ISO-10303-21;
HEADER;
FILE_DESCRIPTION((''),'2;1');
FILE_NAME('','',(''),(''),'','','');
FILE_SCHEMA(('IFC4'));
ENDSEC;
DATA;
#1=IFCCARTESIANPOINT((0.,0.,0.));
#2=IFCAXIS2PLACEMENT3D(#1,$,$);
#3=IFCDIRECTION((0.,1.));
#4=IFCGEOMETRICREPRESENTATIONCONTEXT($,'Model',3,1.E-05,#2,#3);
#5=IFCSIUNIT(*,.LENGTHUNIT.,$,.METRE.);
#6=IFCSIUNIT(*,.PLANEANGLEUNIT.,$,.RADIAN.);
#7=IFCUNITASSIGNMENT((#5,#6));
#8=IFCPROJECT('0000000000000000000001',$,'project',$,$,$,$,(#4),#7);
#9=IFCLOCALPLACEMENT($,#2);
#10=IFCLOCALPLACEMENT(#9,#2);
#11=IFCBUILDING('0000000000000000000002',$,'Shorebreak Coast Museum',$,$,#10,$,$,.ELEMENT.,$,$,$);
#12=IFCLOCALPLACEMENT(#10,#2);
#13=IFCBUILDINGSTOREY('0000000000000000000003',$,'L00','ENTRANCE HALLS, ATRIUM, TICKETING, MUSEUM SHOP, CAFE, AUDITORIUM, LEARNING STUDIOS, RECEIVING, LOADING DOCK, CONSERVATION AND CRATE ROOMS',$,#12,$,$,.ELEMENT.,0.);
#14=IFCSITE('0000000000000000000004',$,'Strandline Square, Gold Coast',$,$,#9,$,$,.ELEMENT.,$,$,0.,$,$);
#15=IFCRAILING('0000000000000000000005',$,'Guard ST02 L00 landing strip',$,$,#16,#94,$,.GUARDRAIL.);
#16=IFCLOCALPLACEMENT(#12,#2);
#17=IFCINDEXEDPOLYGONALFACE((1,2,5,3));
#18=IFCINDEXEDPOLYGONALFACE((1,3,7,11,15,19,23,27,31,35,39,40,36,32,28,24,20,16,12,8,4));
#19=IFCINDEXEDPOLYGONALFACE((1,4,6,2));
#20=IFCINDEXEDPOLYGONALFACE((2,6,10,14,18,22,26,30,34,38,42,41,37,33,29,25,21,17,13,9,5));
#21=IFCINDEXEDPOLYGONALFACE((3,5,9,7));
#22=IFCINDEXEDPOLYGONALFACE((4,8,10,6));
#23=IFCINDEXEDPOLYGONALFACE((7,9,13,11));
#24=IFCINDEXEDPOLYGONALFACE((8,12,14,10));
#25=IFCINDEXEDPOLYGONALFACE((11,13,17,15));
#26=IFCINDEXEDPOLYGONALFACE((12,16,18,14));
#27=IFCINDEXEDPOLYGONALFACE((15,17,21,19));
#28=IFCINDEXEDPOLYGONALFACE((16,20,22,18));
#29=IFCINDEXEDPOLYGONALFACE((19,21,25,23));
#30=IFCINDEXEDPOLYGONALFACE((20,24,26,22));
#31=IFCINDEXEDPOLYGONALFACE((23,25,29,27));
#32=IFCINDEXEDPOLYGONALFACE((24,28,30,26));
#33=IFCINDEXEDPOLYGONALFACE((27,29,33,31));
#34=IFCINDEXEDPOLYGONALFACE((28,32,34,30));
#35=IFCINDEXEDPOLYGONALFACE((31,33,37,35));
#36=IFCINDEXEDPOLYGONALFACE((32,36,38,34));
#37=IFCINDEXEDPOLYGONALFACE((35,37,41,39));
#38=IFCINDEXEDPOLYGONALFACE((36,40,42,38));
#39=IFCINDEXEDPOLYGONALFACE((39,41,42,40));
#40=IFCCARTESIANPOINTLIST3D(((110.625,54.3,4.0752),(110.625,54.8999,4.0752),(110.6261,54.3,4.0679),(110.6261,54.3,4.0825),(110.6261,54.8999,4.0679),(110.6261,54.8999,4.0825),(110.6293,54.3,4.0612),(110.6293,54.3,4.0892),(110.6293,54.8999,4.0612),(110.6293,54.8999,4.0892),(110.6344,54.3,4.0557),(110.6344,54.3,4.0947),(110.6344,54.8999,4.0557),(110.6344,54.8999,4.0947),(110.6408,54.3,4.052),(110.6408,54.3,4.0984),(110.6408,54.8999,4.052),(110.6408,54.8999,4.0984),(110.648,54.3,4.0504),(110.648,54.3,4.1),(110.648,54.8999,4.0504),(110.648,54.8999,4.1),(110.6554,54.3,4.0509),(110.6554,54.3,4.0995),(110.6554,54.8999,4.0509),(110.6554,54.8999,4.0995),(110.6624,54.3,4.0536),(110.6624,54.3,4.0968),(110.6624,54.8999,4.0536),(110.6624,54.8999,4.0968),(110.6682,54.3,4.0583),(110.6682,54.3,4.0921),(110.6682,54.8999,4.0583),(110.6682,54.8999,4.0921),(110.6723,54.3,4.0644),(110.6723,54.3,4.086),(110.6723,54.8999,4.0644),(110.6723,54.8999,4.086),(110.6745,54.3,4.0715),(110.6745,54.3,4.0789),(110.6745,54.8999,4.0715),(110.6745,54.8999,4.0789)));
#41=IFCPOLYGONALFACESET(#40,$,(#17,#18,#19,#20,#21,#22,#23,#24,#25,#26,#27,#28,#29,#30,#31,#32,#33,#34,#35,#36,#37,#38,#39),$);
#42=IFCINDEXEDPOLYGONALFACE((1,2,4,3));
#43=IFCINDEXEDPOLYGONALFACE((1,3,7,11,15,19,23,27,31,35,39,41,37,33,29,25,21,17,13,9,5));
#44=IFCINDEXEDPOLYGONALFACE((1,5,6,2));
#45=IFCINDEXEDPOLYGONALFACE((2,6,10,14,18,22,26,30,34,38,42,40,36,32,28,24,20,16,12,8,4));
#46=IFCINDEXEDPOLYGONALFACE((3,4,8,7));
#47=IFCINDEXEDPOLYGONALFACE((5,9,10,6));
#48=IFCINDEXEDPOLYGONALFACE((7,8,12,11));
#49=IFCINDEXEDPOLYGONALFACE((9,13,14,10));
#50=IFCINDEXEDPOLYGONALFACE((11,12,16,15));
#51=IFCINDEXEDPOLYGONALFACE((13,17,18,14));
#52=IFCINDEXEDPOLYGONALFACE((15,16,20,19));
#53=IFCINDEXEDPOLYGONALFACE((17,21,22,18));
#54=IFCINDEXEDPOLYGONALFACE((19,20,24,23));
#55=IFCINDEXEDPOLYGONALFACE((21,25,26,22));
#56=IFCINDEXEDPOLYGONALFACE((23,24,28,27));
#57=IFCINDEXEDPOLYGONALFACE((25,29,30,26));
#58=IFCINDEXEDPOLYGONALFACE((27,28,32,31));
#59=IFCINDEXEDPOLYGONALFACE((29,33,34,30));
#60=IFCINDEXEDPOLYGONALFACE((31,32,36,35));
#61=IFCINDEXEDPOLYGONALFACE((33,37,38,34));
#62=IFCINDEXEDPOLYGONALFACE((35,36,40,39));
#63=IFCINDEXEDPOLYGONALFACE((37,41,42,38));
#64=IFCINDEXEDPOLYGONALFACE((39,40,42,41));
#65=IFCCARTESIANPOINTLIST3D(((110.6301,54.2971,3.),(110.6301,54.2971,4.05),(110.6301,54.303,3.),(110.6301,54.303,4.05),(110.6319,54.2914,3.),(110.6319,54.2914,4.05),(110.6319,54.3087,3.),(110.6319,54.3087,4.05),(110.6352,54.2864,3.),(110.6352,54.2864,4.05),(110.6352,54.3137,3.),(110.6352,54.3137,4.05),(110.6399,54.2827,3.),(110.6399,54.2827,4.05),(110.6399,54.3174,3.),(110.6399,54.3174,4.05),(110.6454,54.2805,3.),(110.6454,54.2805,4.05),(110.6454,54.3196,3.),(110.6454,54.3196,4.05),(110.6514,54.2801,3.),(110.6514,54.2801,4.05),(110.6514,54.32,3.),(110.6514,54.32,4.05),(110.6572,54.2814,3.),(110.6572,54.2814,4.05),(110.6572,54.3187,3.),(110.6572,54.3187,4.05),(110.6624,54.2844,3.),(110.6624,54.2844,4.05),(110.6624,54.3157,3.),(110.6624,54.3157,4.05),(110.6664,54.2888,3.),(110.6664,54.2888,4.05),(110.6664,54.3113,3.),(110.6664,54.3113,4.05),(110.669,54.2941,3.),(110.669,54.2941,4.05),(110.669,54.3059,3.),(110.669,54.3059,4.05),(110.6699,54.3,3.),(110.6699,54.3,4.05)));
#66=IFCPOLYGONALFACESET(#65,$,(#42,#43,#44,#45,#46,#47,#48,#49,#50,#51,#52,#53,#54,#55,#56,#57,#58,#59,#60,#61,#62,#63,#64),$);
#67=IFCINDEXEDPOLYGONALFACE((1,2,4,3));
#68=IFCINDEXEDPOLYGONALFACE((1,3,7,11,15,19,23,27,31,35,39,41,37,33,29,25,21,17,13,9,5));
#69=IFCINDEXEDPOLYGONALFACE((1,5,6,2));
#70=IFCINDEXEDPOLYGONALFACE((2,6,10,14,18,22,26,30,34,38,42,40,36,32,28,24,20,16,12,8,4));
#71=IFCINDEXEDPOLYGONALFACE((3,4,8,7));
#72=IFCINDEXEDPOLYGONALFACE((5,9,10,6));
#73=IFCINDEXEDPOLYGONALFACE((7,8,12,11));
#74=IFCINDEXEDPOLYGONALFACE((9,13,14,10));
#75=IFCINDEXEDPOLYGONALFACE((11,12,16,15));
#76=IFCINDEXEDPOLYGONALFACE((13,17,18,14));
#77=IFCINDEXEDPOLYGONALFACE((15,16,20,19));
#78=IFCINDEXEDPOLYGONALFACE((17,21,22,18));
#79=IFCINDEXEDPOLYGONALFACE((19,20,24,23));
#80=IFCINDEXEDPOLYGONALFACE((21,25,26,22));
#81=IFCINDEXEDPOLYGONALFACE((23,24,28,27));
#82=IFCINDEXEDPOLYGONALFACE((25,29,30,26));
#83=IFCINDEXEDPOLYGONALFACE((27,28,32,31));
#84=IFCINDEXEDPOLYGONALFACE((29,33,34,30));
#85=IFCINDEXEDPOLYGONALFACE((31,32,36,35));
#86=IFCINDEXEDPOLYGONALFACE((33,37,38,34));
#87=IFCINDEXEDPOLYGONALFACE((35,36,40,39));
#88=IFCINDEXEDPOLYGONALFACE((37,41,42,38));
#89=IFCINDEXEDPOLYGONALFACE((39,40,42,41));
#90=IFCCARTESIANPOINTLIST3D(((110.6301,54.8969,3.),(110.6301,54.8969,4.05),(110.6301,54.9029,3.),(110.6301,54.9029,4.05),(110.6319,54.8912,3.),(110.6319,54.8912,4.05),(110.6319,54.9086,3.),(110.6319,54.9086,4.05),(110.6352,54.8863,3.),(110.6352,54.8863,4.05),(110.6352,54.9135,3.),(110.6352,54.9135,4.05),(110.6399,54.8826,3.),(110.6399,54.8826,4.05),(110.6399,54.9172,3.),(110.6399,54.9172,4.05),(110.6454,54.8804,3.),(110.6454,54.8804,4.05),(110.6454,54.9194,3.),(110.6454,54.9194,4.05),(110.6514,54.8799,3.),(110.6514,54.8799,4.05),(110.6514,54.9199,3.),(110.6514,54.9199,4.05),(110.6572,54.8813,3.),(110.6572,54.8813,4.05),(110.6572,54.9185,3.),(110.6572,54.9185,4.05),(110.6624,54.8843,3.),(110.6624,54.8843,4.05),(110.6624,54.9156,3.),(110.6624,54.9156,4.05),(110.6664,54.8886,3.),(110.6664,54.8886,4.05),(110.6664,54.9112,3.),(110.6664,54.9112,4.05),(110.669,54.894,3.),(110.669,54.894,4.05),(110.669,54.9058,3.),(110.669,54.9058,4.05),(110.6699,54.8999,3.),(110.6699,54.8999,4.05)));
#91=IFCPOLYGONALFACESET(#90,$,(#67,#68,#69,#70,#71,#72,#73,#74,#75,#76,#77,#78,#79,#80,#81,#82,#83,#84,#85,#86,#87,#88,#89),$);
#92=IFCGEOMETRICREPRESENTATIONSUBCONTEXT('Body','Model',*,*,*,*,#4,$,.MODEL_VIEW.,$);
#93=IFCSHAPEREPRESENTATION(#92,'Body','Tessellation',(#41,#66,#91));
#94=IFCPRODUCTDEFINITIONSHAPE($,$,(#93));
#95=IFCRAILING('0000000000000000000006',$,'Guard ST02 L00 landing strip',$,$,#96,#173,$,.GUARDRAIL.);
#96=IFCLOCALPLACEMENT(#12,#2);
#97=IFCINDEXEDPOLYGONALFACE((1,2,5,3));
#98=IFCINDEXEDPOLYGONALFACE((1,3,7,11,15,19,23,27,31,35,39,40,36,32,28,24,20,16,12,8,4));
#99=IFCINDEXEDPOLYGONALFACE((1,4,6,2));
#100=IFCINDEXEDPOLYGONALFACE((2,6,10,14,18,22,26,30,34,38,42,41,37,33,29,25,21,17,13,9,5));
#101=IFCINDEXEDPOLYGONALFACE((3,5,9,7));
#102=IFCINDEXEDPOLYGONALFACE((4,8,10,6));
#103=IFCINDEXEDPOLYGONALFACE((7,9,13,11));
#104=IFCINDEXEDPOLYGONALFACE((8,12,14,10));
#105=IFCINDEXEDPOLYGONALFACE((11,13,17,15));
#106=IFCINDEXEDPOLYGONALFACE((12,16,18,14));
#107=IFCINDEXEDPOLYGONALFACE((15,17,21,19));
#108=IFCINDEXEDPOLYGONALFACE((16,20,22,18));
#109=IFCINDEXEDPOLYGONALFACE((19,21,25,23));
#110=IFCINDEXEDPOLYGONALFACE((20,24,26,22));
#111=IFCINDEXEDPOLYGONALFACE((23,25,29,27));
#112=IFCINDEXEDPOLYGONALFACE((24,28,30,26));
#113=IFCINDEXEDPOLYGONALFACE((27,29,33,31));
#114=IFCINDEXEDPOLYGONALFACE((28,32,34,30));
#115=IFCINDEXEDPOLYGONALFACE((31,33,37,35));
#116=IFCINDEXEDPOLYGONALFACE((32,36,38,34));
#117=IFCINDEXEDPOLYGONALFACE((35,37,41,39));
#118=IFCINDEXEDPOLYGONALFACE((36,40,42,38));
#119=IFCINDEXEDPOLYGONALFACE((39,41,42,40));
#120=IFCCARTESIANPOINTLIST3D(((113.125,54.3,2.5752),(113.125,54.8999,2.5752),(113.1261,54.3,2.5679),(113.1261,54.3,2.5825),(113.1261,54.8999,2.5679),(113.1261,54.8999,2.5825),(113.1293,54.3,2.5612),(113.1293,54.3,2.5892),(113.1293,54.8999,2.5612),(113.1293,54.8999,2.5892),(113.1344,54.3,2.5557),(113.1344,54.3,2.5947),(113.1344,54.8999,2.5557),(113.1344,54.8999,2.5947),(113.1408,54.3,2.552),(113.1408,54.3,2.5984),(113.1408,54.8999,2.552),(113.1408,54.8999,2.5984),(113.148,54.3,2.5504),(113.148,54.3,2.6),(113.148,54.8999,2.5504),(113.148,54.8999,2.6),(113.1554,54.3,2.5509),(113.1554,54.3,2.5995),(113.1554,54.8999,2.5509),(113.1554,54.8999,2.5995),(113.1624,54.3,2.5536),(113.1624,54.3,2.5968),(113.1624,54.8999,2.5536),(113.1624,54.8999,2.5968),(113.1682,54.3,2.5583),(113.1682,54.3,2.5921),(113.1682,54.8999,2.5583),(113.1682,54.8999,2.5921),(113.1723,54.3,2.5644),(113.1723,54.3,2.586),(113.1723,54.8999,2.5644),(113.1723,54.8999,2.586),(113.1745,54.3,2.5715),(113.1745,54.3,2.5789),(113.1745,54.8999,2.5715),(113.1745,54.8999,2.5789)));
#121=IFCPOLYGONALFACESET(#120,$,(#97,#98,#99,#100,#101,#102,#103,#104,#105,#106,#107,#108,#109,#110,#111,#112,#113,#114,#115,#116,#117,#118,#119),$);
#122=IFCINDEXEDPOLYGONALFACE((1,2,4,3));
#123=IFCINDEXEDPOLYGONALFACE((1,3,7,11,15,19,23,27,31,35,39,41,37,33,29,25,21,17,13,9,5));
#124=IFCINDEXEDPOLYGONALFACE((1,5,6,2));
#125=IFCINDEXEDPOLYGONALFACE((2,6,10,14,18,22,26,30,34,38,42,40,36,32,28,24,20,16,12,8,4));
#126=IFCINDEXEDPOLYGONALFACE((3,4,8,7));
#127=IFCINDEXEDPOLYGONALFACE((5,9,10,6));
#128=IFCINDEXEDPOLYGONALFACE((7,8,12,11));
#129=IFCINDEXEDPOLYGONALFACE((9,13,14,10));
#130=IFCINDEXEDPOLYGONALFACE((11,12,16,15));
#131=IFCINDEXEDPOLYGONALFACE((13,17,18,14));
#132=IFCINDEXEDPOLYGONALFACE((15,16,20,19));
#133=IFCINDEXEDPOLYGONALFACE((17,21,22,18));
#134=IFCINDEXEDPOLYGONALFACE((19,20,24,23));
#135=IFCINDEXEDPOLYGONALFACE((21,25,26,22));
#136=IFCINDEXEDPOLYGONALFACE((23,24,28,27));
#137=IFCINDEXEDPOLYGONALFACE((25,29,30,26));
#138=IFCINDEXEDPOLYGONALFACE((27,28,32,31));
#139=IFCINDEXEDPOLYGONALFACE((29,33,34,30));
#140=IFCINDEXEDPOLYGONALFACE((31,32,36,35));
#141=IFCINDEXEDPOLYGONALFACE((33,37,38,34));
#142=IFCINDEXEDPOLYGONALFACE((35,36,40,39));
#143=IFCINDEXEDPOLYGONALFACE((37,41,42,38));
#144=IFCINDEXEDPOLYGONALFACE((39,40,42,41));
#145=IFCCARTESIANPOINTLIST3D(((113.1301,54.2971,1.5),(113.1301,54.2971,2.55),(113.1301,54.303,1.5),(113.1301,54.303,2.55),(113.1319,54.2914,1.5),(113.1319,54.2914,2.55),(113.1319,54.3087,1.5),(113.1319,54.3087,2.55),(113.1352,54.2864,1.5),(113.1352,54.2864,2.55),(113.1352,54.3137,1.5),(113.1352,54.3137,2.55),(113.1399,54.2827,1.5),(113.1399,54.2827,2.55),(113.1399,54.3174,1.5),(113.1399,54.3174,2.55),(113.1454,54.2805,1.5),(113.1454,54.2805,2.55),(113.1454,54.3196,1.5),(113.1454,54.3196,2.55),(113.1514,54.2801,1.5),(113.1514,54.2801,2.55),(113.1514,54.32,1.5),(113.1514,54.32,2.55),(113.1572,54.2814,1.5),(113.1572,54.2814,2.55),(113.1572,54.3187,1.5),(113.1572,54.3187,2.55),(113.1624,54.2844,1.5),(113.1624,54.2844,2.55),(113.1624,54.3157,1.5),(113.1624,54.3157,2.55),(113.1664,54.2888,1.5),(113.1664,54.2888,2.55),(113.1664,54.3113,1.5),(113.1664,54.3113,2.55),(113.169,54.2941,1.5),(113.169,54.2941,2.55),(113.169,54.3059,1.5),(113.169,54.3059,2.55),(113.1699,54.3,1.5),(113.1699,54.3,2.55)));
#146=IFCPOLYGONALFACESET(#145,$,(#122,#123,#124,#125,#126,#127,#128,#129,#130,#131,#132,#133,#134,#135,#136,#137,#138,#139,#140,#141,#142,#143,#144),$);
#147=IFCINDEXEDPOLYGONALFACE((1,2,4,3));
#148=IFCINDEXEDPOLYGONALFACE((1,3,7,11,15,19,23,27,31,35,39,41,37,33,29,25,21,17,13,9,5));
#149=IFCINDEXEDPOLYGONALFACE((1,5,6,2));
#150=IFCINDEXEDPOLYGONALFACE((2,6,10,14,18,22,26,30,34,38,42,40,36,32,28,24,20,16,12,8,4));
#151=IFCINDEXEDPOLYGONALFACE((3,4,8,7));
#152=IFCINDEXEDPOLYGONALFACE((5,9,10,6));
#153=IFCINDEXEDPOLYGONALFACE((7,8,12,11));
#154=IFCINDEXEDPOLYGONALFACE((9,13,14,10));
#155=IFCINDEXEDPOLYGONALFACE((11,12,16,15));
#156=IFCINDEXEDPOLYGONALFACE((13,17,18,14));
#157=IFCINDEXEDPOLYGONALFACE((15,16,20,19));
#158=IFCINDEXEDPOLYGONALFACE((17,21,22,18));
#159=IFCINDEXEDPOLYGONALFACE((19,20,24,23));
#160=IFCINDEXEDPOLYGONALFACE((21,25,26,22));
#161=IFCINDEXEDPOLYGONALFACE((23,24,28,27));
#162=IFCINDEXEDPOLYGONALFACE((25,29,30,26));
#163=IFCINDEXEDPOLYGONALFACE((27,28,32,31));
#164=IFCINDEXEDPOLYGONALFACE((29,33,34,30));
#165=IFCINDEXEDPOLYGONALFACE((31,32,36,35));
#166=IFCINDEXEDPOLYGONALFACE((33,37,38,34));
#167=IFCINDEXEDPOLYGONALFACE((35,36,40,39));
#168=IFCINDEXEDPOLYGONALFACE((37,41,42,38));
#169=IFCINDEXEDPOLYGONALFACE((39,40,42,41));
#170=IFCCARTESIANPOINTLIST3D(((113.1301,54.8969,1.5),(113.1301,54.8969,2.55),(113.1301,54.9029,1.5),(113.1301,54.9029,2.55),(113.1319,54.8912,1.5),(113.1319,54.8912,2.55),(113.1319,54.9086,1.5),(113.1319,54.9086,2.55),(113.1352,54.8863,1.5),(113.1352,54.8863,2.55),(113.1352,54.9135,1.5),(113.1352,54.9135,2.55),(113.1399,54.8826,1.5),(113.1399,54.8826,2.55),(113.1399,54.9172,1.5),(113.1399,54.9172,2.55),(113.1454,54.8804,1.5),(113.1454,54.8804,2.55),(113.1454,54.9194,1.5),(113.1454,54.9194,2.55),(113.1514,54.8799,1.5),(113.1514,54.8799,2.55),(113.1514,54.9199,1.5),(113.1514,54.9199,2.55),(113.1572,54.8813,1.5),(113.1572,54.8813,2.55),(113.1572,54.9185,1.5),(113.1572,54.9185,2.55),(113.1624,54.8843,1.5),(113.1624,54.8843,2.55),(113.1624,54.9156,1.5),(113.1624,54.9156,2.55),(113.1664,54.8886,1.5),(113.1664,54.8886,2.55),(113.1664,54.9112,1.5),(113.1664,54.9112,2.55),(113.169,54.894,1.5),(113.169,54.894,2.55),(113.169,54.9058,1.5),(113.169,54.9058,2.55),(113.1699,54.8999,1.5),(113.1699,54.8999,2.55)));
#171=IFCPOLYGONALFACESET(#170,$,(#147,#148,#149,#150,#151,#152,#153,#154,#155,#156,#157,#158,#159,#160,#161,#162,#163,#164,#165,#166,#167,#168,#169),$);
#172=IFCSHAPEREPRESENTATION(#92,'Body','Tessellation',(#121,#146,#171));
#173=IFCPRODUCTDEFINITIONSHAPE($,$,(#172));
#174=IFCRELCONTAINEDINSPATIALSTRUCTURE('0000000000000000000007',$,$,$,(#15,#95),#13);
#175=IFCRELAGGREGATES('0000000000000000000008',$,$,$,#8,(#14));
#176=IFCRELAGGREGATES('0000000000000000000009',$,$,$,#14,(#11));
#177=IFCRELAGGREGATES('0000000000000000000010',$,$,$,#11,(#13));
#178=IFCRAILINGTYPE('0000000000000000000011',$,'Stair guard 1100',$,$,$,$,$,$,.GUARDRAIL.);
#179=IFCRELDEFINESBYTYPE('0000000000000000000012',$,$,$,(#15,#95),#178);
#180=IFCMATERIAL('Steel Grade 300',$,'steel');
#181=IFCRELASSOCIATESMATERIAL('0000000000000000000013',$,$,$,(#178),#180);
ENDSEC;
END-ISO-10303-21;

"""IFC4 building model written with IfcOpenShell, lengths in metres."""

from ifc_helpers import new_model, si_unit, direction, frame, origin, origin_2d, place, context, subcontext, project, spatial, circle, extrude, material, type_object, element, save


model = new_model("IFC4")

# Units and contexts
model_context = context("Model", 3, precision=1e-05, world=origin(), true_north=direction((0.0, 1.0)))
body_context = subcontext(model_context, "Body", "Model", "MODEL_VIEW")
ifc_project = project(units=[si_unit("LENGTHUNIT", "METRE"), si_unit("PLANEANGLEUNIT", "RADIAN")], contexts=[model_context])

# Site, building, storey
site_placement = place(None, origin())
site = spatial("IfcSite", under=ifc_project, at=site_placement, Name="Strandline Square, Gold Coast", CompositionType="ELEMENT", RefElevation=0.0)
building_placement = place(site_placement, origin())
building = spatial("IfcBuilding", under=site, at=building_placement, Name="Shorebreak Coast Museum", CompositionType="ELEMENT")
storey_placement = place(building_placement, origin())
storey = spatial("IfcBuildingStorey", under=building, at=storey_placement, Name="L00", Description="ENTRANCE HALLS, ATRIUM, TICKETING, MUSEUM SHOP, CAFE, AUDITORIUM, LEARNING STUDIOS, RECEIVING, LOADING DOCK, CONSERVATION AND CRATE ROOMS", CompositionType="ELEMENT", Elevation=0.0)

# Railings
ifc_material_1 = material(Name="Steel Grade 300", Category="steel")
railing_type_1 = type_object("IfcRailingType", Name="Stair guard 1100", PredefinedType="GUARDRAIL", material=ifc_material_1)
for number, where, name in (
    (1, (110.6499, 54.3, 3.0), "Guard ST02 L00 landing strip"),
    (2, (113.1499, 54.3, 1.5), "Guard ST02 L00 landing strip"),
):
    element("IfcRailing", number, at=place(storey_placement, frame(where)), inside=storey, type_object=railing_type_1, Name=name, PredefinedType="GUARDRAIL", context=body_context, shape_type="SweptSolid", body=[
        extrude(circle(Radius=0.0249, at=origin_2d()), frame((0.0, 0.0, 1.0752), z_axis=(0.0, 1.0, 0.0), x_axis=(-1.0, 0.0, 0.0)), (0.0, 0.0, 1.0), 0.5999),
        extrude(circle(Radius=0.02, at=origin_2d()), origin(), (0.0, 0.0, 1.0), 1.05),
        extrude(circle(Radius=0.02, at=origin_2d()), frame((0.0, 0.5999, 0.0)), (0.0, 0.0, 1.0), 1.05),
    ])

save(model, "model.ifc")
